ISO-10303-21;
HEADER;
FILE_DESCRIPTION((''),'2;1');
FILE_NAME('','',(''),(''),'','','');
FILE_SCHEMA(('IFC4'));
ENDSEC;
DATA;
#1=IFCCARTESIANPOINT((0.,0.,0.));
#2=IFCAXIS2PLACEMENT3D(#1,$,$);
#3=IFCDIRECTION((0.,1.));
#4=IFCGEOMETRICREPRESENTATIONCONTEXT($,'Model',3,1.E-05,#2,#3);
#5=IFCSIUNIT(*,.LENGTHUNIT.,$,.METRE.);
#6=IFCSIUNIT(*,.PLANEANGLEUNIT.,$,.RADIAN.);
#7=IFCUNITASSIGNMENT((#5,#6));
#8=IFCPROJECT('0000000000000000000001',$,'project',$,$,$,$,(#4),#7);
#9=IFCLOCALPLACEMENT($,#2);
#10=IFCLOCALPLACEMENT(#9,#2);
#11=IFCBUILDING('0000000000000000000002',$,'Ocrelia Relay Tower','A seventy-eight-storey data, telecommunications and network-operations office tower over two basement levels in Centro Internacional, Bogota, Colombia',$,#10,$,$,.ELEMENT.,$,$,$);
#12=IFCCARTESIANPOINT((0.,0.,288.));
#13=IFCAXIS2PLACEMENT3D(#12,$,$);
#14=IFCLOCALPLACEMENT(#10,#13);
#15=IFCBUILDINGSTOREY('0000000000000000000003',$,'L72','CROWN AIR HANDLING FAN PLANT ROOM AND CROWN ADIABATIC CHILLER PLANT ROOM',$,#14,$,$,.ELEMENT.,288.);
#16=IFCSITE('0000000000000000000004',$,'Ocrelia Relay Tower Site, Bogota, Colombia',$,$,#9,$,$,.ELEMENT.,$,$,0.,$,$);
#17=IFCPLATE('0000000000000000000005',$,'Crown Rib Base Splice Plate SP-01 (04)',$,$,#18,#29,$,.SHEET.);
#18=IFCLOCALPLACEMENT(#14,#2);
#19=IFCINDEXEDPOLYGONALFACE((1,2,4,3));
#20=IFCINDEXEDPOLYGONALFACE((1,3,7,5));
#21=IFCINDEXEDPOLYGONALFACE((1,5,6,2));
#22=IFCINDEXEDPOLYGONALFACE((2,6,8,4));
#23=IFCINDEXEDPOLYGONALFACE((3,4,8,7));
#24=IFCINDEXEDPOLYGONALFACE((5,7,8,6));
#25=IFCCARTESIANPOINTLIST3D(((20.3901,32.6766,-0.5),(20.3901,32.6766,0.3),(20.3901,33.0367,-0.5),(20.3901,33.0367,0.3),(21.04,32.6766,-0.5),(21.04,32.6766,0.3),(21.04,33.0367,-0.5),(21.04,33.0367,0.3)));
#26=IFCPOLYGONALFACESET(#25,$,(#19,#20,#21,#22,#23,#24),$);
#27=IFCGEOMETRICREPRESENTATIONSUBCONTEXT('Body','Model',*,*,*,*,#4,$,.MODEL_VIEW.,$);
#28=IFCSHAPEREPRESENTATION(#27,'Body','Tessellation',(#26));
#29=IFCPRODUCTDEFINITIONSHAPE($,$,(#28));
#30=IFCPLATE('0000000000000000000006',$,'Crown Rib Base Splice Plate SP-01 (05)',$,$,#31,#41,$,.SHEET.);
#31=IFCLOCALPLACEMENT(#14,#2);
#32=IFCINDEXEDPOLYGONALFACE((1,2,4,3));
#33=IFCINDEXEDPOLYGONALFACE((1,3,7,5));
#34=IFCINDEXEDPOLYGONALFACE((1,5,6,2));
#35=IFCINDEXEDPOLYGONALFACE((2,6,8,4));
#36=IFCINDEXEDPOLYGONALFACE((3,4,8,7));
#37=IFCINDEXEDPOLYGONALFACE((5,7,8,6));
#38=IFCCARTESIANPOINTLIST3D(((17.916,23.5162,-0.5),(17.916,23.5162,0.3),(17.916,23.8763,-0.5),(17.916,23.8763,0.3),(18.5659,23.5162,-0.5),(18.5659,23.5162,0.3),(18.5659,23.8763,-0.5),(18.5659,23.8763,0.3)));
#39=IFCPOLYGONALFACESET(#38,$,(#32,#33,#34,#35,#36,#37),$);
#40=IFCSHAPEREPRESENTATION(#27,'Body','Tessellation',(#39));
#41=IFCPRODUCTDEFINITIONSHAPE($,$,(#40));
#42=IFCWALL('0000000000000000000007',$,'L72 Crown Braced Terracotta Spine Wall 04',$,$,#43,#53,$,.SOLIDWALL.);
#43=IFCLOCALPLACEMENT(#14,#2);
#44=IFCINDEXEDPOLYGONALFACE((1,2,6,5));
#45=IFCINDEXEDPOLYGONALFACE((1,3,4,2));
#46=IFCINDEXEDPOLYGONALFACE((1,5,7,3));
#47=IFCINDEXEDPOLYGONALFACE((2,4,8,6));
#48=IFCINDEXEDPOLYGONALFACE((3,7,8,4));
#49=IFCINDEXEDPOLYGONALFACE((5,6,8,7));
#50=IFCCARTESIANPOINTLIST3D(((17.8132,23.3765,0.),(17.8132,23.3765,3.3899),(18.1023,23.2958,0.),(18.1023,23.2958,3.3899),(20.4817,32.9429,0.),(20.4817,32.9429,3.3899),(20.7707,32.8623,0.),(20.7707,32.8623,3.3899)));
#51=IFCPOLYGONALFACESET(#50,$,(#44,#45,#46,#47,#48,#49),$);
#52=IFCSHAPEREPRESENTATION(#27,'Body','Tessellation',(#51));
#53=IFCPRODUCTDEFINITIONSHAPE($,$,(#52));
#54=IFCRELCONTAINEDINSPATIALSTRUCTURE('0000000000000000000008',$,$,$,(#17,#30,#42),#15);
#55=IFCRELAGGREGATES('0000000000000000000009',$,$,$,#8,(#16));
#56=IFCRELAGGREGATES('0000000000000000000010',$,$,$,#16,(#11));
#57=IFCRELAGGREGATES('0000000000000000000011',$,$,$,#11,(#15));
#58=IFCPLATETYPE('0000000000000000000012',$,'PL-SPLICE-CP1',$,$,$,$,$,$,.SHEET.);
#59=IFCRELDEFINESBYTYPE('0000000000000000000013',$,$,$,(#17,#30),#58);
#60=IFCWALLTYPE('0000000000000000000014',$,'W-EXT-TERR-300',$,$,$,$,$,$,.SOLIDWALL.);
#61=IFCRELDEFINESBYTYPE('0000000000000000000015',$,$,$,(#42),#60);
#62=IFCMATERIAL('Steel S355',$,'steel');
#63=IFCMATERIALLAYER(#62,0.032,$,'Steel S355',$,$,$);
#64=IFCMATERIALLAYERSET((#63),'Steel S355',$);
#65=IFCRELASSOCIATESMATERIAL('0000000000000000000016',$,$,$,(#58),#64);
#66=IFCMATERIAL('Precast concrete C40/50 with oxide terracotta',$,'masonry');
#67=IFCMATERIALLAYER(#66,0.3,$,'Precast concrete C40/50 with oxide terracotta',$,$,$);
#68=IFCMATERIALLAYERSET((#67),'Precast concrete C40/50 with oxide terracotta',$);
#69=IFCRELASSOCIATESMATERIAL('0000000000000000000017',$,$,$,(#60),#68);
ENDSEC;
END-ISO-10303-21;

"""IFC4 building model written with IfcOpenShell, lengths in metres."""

from ifc_helpers import new_model, si_unit, direction, frame, frame_2d, origin, origin_2d, place, context, subcontext, project, spatial, rectangle, extrude, material, layer, layer_set, type_object, element, save


model = new_model("IFC4")

# Units and contexts
model_context = context("Model", 3, precision=1e-05, world=origin(), true_north=direction((0.0, 1.0)))
body_context = subcontext(model_context, "Body", "Model", "MODEL_VIEW")
ifc_project = project(units=[si_unit("LENGTHUNIT", "METRE"), si_unit("PLANEANGLEUNIT", "RADIAN")], contexts=[model_context])

# Site, building, storey
site_placement = place(None, origin())
site = spatial("IfcSite", under=ifc_project, at=site_placement, Name="Ocrelia Relay Tower Site, Bogota, Colombia", CompositionType="ELEMENT", RefElevation=0.0)
building_placement = place(site_placement, origin())
building = spatial("IfcBuilding", under=site, at=building_placement, Name="Ocrelia Relay Tower", Description="A seventy-eight-storey data, telecommunications and network-operations office tower over two basement levels in Centro Internacional, Bogota, Colombia", CompositionType="ELEMENT")
storey_placement = place(building_placement, frame((0.0, 0.0, 288.0)))
storey = spatial("IfcBuildingStorey", under=building, at=storey_placement, Name="L72", Description="CROWN AIR HANDLING FAN PLANT ROOM AND CROWN ADIABATIC CHILLER PLANT ROOM", CompositionType="ELEMENT", Elevation=288.0)

# Shared definitions
ifc_material_1 = material(Name="Steel S355", Category="steel")

# Plates
ifc_layer_1 = layer(ifc_material_1, 0.032, Name="Steel S355")
ifc_layer_set_1 = layer_set([ifc_layer_1], Name="Steel S355")
plate_type_1 = type_object("IfcPlateType", Name="PL-SPLICE-CP1", PredefinedType="SHEET", material=ifc_layer_set_1)
for number, where, z_axis, x_axis, name in (
    (1, (20.7151, 32.8567, -0.5), (0.0, 0.0, 1.0), (1.0, 0.0, 0.0), "Crown Rib Base Splice Plate SP-01 (04)"),
    (2, (18.241, 23.6963, -0.5), (0.0, 0.0, 1.0), (1.0, 0.0, 0.0), "Crown Rib Base Splice Plate SP-01 (05)"),
):
    element("IfcPlate", number, at=place(storey_placement, frame(where, z_axis=z_axis, x_axis=x_axis)), inside=storey, type_object=plate_type_1, Name=name, PredefinedType="SHEET", context=body_context, shape_type="SweptSolid", body=[
        extrude(rectangle(XDim=0.6499, YDim=0.3601, at=origin_2d()), origin(), (0.0, 0.0, 1.0), 0.8),
    ])

# Wall
ifc_material_2 = material(Name="Precast concrete C40/50 with oxide terracotta", Category="masonry")
ifc_layer_2 = layer(ifc_material_2, 0.3, Name="Precast concrete C40/50 with oxide terracotta")
ifc_layer_set_2 = layer_set([ifc_layer_2], Name="Precast concrete C40/50 with oxide terracotta")
wall_type = type_object("IfcWallType", Name="W-EXT-TERR-300", PredefinedType="SOLIDWALL", material=ifc_layer_set_2)
wall_placement = place(storey_placement, frame((20.6262, 32.9026, 0.0), z_axis=(0.0, 0.0, 1.0), x_axis=(-0.268683, -0.963229, 0.0)))
element("IfcWall", 3, at=wall_placement, inside=storey, type_object=wall_type, Name="L72 Crown Braced Terracotta Spine Wall 04", PredefinedType="SOLIDWALL", context=body_context, shape_type="SweptSolid", body=[
    extrude(rectangle(XDim=9.9316, YDim=0.3, at=frame_2d((4.9658, 0.0))), origin(), (0.0, 0.0, 1.0), 3.3899),
])

save(model, "model.ifc")
